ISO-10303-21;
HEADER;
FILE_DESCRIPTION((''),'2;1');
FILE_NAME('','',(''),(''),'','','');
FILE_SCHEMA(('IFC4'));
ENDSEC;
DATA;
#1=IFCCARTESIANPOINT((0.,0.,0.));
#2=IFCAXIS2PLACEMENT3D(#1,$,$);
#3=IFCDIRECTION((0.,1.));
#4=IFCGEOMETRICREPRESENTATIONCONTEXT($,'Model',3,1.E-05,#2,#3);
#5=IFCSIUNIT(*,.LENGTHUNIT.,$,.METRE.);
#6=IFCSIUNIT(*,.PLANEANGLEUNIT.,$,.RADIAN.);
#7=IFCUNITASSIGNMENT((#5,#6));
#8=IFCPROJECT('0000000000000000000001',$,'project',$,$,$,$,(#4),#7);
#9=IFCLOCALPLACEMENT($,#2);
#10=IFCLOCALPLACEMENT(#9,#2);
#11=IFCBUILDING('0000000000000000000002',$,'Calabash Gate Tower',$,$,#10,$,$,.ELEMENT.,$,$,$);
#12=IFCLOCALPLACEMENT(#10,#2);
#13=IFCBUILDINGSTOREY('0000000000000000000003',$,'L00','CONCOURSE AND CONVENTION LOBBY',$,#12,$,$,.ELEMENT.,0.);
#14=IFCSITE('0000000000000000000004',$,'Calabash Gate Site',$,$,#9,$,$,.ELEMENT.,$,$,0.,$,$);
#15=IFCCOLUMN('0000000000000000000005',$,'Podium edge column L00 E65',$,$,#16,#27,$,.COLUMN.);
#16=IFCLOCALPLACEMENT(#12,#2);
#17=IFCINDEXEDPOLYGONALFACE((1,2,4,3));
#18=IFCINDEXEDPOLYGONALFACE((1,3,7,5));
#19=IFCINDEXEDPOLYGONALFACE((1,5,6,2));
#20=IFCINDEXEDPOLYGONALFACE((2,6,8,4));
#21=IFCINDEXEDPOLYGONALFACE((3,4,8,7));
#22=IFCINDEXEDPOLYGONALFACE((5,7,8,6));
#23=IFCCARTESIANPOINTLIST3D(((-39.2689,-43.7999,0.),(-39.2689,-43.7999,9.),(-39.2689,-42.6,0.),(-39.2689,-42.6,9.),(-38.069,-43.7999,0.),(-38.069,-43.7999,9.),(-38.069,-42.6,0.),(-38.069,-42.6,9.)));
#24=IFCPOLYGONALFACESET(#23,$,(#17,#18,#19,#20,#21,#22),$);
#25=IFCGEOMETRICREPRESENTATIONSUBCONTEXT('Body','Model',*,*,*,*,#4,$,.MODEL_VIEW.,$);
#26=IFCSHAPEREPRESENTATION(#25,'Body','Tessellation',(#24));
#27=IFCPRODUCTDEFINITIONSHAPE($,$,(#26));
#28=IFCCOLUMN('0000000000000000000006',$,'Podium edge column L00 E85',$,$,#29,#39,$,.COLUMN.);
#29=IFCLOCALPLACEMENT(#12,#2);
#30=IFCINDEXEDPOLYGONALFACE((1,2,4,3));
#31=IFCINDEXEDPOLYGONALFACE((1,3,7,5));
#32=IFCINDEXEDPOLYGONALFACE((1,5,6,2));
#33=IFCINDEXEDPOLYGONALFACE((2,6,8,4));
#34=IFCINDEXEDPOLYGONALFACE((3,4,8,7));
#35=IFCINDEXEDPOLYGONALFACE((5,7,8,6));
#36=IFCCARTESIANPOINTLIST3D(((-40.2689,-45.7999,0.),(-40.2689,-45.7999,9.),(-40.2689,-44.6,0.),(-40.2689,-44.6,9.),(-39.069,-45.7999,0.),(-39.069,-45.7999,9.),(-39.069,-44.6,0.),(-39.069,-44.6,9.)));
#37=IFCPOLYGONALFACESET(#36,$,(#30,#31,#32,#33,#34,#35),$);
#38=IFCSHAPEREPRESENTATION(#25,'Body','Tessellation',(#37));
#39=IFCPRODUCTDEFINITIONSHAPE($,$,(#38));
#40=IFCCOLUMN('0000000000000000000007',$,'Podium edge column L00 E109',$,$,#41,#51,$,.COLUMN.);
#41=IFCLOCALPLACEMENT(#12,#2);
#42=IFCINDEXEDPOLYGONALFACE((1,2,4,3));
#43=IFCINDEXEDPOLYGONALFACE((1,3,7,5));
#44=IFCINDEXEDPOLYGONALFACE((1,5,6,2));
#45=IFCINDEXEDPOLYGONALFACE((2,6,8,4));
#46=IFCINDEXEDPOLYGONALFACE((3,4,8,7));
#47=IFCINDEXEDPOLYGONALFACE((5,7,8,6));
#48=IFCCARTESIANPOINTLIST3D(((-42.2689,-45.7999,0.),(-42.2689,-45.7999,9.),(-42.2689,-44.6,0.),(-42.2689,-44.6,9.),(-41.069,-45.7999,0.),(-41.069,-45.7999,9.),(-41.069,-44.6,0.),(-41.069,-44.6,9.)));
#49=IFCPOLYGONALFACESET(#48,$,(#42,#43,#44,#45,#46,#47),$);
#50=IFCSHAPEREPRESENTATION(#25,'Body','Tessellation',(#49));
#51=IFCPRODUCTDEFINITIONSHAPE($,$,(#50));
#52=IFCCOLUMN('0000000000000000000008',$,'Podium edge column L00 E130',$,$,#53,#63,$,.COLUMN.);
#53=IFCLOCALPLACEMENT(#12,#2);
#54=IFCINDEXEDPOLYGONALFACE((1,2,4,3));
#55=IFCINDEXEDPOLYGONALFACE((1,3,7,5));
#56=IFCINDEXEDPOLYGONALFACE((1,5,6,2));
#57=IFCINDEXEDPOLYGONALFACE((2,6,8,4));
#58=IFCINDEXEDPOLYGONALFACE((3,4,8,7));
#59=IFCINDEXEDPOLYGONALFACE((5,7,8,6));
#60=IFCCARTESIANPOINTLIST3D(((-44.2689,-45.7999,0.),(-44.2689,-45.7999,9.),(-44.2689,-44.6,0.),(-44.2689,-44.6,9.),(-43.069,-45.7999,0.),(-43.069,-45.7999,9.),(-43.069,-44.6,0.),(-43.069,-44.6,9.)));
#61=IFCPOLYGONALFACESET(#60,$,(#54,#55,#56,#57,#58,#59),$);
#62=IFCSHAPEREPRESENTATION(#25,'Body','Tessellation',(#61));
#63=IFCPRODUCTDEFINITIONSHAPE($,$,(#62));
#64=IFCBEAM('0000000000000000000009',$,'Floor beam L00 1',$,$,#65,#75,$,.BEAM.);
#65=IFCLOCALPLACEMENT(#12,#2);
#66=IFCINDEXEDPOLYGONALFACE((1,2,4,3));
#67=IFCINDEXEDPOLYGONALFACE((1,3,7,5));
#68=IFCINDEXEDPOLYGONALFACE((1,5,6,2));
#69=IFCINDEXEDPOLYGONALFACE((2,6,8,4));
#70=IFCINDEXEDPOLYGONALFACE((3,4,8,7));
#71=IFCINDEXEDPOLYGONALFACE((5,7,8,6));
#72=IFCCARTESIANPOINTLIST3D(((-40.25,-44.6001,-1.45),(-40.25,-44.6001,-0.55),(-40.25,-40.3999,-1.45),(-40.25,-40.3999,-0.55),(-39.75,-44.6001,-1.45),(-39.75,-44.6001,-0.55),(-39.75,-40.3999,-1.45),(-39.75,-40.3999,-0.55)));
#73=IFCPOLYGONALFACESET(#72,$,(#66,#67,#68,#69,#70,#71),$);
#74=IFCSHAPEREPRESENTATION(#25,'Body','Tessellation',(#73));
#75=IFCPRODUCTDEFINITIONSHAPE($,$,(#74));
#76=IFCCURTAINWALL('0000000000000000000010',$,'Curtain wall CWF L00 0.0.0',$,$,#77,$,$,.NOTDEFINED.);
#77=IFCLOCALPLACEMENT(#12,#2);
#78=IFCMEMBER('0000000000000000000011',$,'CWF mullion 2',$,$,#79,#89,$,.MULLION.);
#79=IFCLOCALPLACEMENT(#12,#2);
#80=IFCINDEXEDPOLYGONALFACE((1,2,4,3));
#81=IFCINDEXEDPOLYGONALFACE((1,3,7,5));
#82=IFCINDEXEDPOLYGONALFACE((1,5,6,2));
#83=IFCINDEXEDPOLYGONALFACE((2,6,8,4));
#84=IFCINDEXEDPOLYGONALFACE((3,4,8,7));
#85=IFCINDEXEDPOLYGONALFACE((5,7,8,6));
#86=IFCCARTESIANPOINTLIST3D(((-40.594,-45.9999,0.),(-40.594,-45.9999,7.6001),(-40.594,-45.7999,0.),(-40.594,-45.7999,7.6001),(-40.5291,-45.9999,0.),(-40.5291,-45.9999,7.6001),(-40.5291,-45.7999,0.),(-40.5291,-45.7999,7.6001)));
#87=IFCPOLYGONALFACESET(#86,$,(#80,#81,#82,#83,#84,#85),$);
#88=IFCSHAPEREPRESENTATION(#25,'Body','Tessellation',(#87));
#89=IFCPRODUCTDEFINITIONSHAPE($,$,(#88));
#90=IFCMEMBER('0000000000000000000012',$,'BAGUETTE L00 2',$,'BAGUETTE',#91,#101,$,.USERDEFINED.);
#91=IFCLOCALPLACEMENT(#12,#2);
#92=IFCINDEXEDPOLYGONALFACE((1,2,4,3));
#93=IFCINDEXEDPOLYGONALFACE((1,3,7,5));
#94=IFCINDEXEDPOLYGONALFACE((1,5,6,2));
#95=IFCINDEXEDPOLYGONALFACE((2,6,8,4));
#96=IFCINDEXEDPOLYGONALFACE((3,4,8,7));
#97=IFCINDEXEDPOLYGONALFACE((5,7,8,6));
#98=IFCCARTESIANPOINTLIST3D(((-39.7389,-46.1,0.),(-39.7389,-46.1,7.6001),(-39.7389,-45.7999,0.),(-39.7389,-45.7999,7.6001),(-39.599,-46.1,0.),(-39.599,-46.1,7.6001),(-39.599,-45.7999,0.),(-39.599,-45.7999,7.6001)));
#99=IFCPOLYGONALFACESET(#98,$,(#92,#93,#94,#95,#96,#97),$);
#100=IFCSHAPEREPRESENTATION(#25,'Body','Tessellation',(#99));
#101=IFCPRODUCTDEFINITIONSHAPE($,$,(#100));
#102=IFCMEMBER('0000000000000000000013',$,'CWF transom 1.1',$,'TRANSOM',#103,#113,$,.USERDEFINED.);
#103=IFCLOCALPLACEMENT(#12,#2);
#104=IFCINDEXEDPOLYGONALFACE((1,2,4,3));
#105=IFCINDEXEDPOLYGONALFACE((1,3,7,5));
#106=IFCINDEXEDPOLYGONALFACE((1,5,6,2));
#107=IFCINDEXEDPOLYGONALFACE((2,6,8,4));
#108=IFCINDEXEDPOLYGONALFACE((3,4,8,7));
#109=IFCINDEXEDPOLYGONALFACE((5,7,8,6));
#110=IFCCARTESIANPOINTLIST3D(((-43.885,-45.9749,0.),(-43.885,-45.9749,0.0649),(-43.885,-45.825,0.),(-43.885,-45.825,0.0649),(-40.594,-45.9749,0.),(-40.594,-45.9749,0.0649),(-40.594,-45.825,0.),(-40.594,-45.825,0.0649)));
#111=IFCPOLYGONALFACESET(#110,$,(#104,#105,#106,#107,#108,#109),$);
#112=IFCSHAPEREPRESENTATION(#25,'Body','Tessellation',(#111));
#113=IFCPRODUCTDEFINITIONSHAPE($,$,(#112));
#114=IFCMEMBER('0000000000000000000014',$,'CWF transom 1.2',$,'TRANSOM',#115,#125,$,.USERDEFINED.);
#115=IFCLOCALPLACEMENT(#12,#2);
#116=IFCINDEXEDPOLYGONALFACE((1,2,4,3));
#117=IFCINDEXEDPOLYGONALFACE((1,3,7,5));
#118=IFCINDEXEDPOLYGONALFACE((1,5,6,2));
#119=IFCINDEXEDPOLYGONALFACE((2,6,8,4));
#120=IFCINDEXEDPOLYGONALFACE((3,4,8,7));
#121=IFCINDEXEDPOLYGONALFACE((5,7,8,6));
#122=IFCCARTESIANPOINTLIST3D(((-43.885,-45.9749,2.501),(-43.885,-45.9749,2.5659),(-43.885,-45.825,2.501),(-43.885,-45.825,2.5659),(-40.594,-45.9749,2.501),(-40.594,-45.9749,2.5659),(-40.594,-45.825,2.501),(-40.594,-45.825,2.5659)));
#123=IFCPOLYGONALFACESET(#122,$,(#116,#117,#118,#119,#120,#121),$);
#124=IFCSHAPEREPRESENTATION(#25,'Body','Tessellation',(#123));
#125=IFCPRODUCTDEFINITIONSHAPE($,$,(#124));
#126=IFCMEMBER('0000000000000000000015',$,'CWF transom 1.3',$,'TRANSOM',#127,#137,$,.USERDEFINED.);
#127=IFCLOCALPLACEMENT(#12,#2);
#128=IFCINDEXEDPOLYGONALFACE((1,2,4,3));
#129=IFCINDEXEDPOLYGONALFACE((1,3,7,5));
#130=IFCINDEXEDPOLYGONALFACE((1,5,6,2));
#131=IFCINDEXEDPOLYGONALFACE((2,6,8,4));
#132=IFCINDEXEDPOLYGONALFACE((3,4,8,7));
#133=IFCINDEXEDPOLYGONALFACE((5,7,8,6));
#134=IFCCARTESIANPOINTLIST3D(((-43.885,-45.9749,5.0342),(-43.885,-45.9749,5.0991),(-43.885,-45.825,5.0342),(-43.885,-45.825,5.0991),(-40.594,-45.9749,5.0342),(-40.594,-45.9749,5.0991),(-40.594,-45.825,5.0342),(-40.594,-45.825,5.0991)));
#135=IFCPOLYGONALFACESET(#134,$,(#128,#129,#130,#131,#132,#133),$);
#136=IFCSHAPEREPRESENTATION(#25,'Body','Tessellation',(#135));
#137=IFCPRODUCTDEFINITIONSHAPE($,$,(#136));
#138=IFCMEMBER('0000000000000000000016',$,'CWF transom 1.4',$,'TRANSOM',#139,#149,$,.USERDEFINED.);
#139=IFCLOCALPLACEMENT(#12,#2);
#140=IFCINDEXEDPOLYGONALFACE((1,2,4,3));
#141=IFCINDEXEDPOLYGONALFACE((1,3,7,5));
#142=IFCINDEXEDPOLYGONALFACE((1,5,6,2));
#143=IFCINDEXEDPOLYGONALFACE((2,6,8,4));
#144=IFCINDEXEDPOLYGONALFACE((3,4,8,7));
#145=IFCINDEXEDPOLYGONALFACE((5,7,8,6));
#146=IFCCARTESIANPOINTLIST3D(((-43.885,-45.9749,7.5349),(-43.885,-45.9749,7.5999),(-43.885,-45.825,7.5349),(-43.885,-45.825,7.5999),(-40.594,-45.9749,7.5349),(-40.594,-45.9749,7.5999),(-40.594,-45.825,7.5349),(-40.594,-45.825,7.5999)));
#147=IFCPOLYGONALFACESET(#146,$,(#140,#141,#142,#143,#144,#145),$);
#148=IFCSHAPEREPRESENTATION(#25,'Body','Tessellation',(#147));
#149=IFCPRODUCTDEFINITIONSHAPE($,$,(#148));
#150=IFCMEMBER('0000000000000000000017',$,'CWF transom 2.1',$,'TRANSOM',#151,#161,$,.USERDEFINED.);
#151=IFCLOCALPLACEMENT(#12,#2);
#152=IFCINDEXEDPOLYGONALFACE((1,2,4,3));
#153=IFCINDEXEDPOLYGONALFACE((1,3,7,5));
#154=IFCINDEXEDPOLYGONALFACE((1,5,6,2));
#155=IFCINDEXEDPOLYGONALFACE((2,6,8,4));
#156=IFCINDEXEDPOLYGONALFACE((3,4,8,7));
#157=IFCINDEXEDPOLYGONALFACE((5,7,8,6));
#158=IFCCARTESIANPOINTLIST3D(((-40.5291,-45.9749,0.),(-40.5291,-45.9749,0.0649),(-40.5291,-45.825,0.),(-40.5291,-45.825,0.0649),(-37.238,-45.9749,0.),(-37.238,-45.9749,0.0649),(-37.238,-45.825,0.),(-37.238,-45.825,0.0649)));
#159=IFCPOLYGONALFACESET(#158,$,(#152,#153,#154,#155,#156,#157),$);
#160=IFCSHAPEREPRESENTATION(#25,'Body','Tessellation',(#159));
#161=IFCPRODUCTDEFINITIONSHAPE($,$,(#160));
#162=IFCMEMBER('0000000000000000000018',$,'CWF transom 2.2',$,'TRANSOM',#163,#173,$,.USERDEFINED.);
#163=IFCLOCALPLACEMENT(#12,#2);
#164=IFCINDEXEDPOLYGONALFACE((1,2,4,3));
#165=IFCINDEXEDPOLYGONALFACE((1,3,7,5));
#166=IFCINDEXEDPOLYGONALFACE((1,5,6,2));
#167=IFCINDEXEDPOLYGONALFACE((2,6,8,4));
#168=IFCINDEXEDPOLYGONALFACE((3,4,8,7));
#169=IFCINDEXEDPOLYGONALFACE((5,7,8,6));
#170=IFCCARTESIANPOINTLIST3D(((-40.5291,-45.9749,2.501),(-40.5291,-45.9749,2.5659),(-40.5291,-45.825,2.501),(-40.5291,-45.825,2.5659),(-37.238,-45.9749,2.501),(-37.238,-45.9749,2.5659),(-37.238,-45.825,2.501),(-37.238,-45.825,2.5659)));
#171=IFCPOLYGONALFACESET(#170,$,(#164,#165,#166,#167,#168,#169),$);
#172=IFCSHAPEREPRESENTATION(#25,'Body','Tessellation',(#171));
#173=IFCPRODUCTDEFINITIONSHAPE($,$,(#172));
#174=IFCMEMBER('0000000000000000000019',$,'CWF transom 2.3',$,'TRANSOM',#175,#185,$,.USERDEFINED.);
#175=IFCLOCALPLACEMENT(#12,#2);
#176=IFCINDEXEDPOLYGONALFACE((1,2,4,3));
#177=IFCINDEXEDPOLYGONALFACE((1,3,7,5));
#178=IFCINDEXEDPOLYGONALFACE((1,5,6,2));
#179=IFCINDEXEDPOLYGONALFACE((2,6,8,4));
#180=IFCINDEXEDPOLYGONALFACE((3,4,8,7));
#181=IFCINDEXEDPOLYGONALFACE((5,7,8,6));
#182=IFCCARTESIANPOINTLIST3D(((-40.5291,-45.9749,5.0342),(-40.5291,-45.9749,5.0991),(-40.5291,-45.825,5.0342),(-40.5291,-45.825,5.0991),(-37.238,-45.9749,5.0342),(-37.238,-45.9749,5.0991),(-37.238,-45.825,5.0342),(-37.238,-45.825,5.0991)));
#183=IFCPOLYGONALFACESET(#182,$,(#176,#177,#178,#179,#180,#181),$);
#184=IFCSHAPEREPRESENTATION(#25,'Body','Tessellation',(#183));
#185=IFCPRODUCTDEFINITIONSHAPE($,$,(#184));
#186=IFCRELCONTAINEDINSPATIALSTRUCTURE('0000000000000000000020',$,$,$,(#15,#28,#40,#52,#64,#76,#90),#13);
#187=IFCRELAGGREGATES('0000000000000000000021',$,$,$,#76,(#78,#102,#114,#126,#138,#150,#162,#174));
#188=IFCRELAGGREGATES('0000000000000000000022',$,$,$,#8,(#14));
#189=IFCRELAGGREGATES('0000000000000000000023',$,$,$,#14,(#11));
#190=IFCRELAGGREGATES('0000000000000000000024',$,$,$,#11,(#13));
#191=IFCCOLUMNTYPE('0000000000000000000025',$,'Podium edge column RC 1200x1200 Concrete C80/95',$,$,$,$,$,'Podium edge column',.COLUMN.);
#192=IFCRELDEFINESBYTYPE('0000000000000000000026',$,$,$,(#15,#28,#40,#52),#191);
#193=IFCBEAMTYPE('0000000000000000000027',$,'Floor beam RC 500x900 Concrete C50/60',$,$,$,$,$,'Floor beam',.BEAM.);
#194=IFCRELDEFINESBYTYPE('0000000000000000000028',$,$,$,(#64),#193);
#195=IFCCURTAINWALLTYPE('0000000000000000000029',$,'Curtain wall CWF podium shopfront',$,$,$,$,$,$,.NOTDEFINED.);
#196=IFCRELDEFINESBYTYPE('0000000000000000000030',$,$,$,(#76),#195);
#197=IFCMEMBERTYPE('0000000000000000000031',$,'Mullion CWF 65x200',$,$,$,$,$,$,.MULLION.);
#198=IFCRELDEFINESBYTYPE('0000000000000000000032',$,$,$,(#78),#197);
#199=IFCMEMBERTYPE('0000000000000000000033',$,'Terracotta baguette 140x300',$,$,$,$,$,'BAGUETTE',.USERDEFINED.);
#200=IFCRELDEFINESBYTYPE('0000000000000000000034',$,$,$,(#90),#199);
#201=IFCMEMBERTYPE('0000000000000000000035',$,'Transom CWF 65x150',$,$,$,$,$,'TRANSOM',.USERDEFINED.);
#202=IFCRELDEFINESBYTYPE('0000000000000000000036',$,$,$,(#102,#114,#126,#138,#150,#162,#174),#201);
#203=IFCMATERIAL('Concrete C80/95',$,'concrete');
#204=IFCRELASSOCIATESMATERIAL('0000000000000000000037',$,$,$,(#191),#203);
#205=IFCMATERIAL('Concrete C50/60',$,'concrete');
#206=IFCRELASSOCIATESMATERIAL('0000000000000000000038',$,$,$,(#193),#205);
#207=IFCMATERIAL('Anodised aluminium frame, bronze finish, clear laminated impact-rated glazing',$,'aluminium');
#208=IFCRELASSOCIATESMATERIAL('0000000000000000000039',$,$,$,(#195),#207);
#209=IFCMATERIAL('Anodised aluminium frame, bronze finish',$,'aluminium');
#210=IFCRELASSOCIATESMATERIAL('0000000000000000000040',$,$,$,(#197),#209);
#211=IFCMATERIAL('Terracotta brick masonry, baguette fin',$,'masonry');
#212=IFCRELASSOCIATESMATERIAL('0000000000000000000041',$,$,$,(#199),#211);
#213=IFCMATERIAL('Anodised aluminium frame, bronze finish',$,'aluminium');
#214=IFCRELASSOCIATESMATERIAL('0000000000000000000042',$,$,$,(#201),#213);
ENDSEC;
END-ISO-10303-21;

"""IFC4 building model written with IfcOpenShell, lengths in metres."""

from ifc_helpers import new_model, si_unit, direction, frame, origin, origin_2d, place, context, subcontext, project, spatial, rectangle, extrude, material, material_profile, profile_set, type_object, element, aggregate, save


model = new_model("IFC4")

# Units and contexts
model_context = context("Model", 3, precision=1e-05, world=origin(), true_north=direction((0.0, 1.0)))
body_context = subcontext(model_context, "Body", "Model", "MODEL_VIEW")
ifc_project = project(units=[si_unit("LENGTHUNIT", "METRE"), si_unit("PLANEANGLEUNIT", "RADIAN")], contexts=[model_context])

# Site, building, storey
site_placement = place(None, origin())
site = spatial("IfcSite", under=ifc_project, at=site_placement, Name="Calabash Gate Site", CompositionType="ELEMENT", RefElevation=0.0)
building_placement = place(site_placement, origin())
building = spatial("IfcBuilding", under=site, at=building_placement, Name="Calabash Gate Tower", CompositionType="ELEMENT")
storey_placement = place(building_placement, origin())
storey = spatial("IfcBuildingStorey", under=building, at=storey_placement, Name="L00", Description="CONCOURSE AND CONVENTION LOBBY", CompositionType="ELEMENT", Elevation=0.0)

# Columns
ifc_material_1 = material(Name="Concrete C80/95", Category="concrete")
ifc_material_profile_1 = material_profile(ifc_material_1, rectangle(XDim=1.2, YDim=1.2, at=origin_2d()))
ifc_profile_set_1 = profile_set([ifc_material_profile_1], Name="Concrete C80/95")
column_type = type_object("IfcColumnType", Name="Podium edge column RC 1200x1200 Concrete C80/95", ElementType="Podium edge column", PredefinedType="COLUMN", material=ifc_profile_set_1)
for number, where, z_axis, x_axis, name in (
    (1, (-38.6689, -43.2, 0.0), (0.0, 0.0, 1.0), (1.0, 0.0, 0.0), "Podium edge column L00 E65"),
    (2, (-39.6689, -45.2, 0.0), (0.0, 0.0, 1.0), (1.0, 0.0, 0.0), "Podium edge column L00 E85"),
    (3, (-41.6689, -45.2, 0.0), (0.0, 0.0, 1.0), (1.0, 0.0, 0.0), "Podium edge column L00 E109"),
    (4, (-43.6689, -45.2, 0.0), (0.0, 0.0, 1.0), (1.0, 0.0, 0.0), "Podium edge column L00 E130"),
):
    element("IfcColumn", number, at=place(storey_placement, frame(where, z_axis=z_axis, x_axis=x_axis)), inside=storey, type_object=column_type, Name=name, PredefinedType="COLUMN", context=body_context, shape_type="SweptSolid", body=[
        extrude(rectangle(XDim=1.2, YDim=1.2, at=origin_2d()), origin(), (0.0, 0.0, 1.0), 9.0),
    ])

# Beam
ifc_material_2 = material(Name="Concrete C50/60", Category="concrete")
ifc_material_profile_2 = material_profile(ifc_material_2, rectangle(XDim=0.5, YDim=0.8999, at=origin_2d()))
ifc_profile_set_2 = profile_set([ifc_material_profile_2], Name="Concrete C50/60")
beam_type = type_object("IfcBeamType", Name="Floor beam RC 500x900 Concrete C50/60", ElementType="Floor beam", PredefinedType="BEAM", material=ifc_profile_set_2)
beam_placement = place(storey_placement, frame((-40.0, -44.6001, -1.0), z_axis=(0.0, 1.0, 0.0), x_axis=(-1.0, 0.0, 0.0)))
element("IfcBeam", 5, at=beam_placement, inside=storey, type_object=beam_type, Name="Floor beam L00 1", PredefinedType="BEAM", context=body_context, shape_type="SweptSolid", body=[
    extrude(rectangle(XDim=0.5, YDim=0.8999, at=origin_2d()), origin(), (0.0, 0.0, 1.0), 4.2002),
])

# Curtain wall, member
ifc_material_3 = material(Name="Anodised aluminium frame, bronze finish, clear laminated impact-rated glazing", Category="aluminium")
curtain_wall_type = type_object("IfcCurtainWallType", Name="Curtain wall CWF podium shopfront", PredefinedType="NOTDEFINED", material=ifc_material_3)
curtain_wall_placement = place(storey_placement, origin())
curtain_wall = element("IfcCurtainWall", 6, at=curtain_wall_placement, inside=storey, type_object=curtain_wall_type, Name="Curtain wall CWF L00 0.0.0", PredefinedType="NOTDEFINED")
ifc_material_4 = material(Name="Anodised aluminium frame, bronze finish", Category="aluminium")
ifc_material_profile_3 = material_profile(ifc_material_4, rectangle(XDim=0.2, YDim=0.0649, at=origin_2d()))
ifc_profile_set_3 = profile_set([ifc_material_profile_3], Name="Anodised aluminium frame, bronze finish")
member_type_1 = type_object("IfcMemberType", Name="Mullion CWF 65x200", PredefinedType="MULLION", material=ifc_profile_set_3)
member_1_placement = place(storey_placement, frame((-40.5615, -45.8999, 0.0), z_axis=(0.0, 0.0, 1.0), x_axis=(0.0, 1.0, 0.0)))
member_1 = element("IfcMember", 7, at=member_1_placement, type_object=member_type_1, Name="CWF mullion 2", PredefinedType="MULLION", context=body_context, shape_type="SweptSolid", body=[
    extrude(rectangle(XDim=0.2, YDim=0.0649, at=origin_2d()), origin(), (0.0, 0.0, 1.0), 7.6001),
])

# Members
ifc_material_5 = material(Name="Terracotta brick masonry, baguette fin", Category="masonry")
ifc_material_profile_4 = material_profile(ifc_material_5, rectangle(XDim=0.1399, YDim=0.3, at=origin_2d()))
ifc_profile_set_4 = profile_set([ifc_material_profile_4], Name="Terracotta brick masonry, baguette fin")
member_type_2 = type_object("IfcMemberType", Name="Terracotta baguette 140x300", ElementType="BAGUETTE", PredefinedType="USERDEFINED", material=ifc_profile_set_4)
member_2_placement = place(storey_placement, frame((-39.6689, -45.95, 0.0), z_axis=(0.0, 0.0, 1.0), x_axis=(1.0, 0.0, 0.0)))
element("IfcMember", 8, at=member_2_placement, inside=storey, type_object=member_type_2, Name="BAGUETTE L00 2", ObjectType="BAGUETTE", PredefinedType="USERDEFINED", context=body_context, shape_type="SweptSolid", body=[
    extrude(rectangle(XDim=0.1399, YDim=0.3, at=origin_2d()), origin(), (0.0, 0.0, 1.0), 7.6001),
])
ifc_material_6 = material(Name="Anodised aluminium frame, bronze finish", Category="aluminium")
ifc_material_profile_5 = material_profile(ifc_material_6, rectangle(XDim=0.1499, YDim=0.0649, at=origin_2d()))
ifc_profile_set_5 = profile_set([ifc_material_profile_5], Name="Anodised aluminium frame, bronze finish")
member_type_3 = type_object("IfcMemberType", Name="Transom CWF 65x150", ElementType="TRANSOM", PredefinedType="USERDEFINED", material=ifc_profile_set_5)
member_3_placement = place(storey_placement, frame((-43.885, -45.8999, 0.0325), z_axis=(1.0, 0.0, 0.0), x_axis=(0.0, 1.0, 0.0)))
member_3 = element("IfcMember", 9, at=member_3_placement, type_object=member_type_3, Name="CWF transom 1.1", ObjectType="TRANSOM", PredefinedType="USERDEFINED", context=body_context, shape_type="SweptSolid", body=[
    extrude(rectangle(XDim=0.1499, YDim=0.0649, at=origin_2d()), origin(), (0.0, 0.0, 1.0), 3.291),
])
member_4_placement = place(storey_placement, frame((-43.885, -45.8999, 2.5334), z_axis=(1.0, 0.0, 0.0), x_axis=(0.0, 1.0, 0.0)))
member_4 = element("IfcMember", 10, at=member_4_placement, type_object=member_type_3, Name="CWF transom 1.2", ObjectType="TRANSOM", PredefinedType="USERDEFINED", context=body_context, shape_type="SweptSolid", body=[
    extrude(rectangle(XDim=0.1499, YDim=0.0649, at=origin_2d()), origin(), (0.0, 0.0, 1.0), 3.291),
])
member_5_placement = place(storey_placement, frame((-43.885, -45.8999, 5.0667), z_axis=(1.0, 0.0, 0.0), x_axis=(0.0, 1.0, 0.0)))
member_5 = element("IfcMember", 11, at=member_5_placement, type_object=member_type_3, Name="CWF transom 1.3", ObjectType="TRANSOM", PredefinedType="USERDEFINED", context=body_context, shape_type="SweptSolid", body=[
    extrude(rectangle(XDim=0.1499, YDim=0.0649, at=origin_2d()), origin(), (0.0, 0.0, 1.0), 3.291),
])
member_6_placement = place(storey_placement, frame((-43.885, -45.8999, 7.5674), z_axis=(1.0, 0.0, 0.0), x_axis=(0.0, 1.0, 0.0)))
member_6 = element("IfcMember", 12, at=member_6_placement, type_object=member_type_3, Name="CWF transom 1.4", ObjectType="TRANSOM", PredefinedType="USERDEFINED", context=body_context, shape_type="SweptSolid", body=[
    extrude(rectangle(XDim=0.1499, YDim=0.0649, at=origin_2d()), origin(), (0.0, 0.0, 1.0), 3.291),
])
member_7_placement = place(storey_placement, frame((-40.5291, -45.8999, 0.0325), z_axis=(1.0, 0.0, 0.0), x_axis=(0.0, 1.0, 0.0)))
member_7 = element("IfcMember", 13, at=member_7_placement, type_object=member_type_3, Name="CWF transom 2.1", ObjectType="TRANSOM", PredefinedType="USERDEFINED", context=body_context, shape_type="SweptSolid", body=[
    extrude(rectangle(XDim=0.1499, YDim=0.0649, at=origin_2d()), origin(), (0.0, 0.0, 1.0), 3.291),
])
member_8_placement = place(storey_placement, frame((-40.5291, -45.8999, 2.5334), z_axis=(1.0, 0.0, 0.0), x_axis=(0.0, 1.0, 0.0)))
member_8 = element("IfcMember", 14, at=member_8_placement, type_object=member_type_3, Name="CWF transom 2.2", ObjectType="TRANSOM", PredefinedType="USERDEFINED", context=body_context, shape_type="SweptSolid", body=[
    extrude(rectangle(XDim=0.1499, YDim=0.0649, at=origin_2d()), origin(), (0.0, 0.0, 1.0), 3.291),
])
member_9_placement = place(storey_placement, frame((-40.5291, -45.8999, 5.0667), z_axis=(1.0, 0.0, 0.0), x_axis=(0.0, 1.0, 0.0)))
member_9 = element("IfcMember", 15, at=member_9_placement, type_object=member_type_3, Name="CWF transom 2.3", ObjectType="TRANSOM", PredefinedType="USERDEFINED", context=body_context, shape_type="SweptSolid", body=[
    extrude(rectangle(XDim=0.1499, YDim=0.0649, at=origin_2d()), origin(), (0.0, 0.0, 1.0), 3.291),
])

aggregate(curtain_wall, [member_1, member_3, member_4, member_5, member_6, member_7, member_8, member_9])

save(model, "model.ifc")
